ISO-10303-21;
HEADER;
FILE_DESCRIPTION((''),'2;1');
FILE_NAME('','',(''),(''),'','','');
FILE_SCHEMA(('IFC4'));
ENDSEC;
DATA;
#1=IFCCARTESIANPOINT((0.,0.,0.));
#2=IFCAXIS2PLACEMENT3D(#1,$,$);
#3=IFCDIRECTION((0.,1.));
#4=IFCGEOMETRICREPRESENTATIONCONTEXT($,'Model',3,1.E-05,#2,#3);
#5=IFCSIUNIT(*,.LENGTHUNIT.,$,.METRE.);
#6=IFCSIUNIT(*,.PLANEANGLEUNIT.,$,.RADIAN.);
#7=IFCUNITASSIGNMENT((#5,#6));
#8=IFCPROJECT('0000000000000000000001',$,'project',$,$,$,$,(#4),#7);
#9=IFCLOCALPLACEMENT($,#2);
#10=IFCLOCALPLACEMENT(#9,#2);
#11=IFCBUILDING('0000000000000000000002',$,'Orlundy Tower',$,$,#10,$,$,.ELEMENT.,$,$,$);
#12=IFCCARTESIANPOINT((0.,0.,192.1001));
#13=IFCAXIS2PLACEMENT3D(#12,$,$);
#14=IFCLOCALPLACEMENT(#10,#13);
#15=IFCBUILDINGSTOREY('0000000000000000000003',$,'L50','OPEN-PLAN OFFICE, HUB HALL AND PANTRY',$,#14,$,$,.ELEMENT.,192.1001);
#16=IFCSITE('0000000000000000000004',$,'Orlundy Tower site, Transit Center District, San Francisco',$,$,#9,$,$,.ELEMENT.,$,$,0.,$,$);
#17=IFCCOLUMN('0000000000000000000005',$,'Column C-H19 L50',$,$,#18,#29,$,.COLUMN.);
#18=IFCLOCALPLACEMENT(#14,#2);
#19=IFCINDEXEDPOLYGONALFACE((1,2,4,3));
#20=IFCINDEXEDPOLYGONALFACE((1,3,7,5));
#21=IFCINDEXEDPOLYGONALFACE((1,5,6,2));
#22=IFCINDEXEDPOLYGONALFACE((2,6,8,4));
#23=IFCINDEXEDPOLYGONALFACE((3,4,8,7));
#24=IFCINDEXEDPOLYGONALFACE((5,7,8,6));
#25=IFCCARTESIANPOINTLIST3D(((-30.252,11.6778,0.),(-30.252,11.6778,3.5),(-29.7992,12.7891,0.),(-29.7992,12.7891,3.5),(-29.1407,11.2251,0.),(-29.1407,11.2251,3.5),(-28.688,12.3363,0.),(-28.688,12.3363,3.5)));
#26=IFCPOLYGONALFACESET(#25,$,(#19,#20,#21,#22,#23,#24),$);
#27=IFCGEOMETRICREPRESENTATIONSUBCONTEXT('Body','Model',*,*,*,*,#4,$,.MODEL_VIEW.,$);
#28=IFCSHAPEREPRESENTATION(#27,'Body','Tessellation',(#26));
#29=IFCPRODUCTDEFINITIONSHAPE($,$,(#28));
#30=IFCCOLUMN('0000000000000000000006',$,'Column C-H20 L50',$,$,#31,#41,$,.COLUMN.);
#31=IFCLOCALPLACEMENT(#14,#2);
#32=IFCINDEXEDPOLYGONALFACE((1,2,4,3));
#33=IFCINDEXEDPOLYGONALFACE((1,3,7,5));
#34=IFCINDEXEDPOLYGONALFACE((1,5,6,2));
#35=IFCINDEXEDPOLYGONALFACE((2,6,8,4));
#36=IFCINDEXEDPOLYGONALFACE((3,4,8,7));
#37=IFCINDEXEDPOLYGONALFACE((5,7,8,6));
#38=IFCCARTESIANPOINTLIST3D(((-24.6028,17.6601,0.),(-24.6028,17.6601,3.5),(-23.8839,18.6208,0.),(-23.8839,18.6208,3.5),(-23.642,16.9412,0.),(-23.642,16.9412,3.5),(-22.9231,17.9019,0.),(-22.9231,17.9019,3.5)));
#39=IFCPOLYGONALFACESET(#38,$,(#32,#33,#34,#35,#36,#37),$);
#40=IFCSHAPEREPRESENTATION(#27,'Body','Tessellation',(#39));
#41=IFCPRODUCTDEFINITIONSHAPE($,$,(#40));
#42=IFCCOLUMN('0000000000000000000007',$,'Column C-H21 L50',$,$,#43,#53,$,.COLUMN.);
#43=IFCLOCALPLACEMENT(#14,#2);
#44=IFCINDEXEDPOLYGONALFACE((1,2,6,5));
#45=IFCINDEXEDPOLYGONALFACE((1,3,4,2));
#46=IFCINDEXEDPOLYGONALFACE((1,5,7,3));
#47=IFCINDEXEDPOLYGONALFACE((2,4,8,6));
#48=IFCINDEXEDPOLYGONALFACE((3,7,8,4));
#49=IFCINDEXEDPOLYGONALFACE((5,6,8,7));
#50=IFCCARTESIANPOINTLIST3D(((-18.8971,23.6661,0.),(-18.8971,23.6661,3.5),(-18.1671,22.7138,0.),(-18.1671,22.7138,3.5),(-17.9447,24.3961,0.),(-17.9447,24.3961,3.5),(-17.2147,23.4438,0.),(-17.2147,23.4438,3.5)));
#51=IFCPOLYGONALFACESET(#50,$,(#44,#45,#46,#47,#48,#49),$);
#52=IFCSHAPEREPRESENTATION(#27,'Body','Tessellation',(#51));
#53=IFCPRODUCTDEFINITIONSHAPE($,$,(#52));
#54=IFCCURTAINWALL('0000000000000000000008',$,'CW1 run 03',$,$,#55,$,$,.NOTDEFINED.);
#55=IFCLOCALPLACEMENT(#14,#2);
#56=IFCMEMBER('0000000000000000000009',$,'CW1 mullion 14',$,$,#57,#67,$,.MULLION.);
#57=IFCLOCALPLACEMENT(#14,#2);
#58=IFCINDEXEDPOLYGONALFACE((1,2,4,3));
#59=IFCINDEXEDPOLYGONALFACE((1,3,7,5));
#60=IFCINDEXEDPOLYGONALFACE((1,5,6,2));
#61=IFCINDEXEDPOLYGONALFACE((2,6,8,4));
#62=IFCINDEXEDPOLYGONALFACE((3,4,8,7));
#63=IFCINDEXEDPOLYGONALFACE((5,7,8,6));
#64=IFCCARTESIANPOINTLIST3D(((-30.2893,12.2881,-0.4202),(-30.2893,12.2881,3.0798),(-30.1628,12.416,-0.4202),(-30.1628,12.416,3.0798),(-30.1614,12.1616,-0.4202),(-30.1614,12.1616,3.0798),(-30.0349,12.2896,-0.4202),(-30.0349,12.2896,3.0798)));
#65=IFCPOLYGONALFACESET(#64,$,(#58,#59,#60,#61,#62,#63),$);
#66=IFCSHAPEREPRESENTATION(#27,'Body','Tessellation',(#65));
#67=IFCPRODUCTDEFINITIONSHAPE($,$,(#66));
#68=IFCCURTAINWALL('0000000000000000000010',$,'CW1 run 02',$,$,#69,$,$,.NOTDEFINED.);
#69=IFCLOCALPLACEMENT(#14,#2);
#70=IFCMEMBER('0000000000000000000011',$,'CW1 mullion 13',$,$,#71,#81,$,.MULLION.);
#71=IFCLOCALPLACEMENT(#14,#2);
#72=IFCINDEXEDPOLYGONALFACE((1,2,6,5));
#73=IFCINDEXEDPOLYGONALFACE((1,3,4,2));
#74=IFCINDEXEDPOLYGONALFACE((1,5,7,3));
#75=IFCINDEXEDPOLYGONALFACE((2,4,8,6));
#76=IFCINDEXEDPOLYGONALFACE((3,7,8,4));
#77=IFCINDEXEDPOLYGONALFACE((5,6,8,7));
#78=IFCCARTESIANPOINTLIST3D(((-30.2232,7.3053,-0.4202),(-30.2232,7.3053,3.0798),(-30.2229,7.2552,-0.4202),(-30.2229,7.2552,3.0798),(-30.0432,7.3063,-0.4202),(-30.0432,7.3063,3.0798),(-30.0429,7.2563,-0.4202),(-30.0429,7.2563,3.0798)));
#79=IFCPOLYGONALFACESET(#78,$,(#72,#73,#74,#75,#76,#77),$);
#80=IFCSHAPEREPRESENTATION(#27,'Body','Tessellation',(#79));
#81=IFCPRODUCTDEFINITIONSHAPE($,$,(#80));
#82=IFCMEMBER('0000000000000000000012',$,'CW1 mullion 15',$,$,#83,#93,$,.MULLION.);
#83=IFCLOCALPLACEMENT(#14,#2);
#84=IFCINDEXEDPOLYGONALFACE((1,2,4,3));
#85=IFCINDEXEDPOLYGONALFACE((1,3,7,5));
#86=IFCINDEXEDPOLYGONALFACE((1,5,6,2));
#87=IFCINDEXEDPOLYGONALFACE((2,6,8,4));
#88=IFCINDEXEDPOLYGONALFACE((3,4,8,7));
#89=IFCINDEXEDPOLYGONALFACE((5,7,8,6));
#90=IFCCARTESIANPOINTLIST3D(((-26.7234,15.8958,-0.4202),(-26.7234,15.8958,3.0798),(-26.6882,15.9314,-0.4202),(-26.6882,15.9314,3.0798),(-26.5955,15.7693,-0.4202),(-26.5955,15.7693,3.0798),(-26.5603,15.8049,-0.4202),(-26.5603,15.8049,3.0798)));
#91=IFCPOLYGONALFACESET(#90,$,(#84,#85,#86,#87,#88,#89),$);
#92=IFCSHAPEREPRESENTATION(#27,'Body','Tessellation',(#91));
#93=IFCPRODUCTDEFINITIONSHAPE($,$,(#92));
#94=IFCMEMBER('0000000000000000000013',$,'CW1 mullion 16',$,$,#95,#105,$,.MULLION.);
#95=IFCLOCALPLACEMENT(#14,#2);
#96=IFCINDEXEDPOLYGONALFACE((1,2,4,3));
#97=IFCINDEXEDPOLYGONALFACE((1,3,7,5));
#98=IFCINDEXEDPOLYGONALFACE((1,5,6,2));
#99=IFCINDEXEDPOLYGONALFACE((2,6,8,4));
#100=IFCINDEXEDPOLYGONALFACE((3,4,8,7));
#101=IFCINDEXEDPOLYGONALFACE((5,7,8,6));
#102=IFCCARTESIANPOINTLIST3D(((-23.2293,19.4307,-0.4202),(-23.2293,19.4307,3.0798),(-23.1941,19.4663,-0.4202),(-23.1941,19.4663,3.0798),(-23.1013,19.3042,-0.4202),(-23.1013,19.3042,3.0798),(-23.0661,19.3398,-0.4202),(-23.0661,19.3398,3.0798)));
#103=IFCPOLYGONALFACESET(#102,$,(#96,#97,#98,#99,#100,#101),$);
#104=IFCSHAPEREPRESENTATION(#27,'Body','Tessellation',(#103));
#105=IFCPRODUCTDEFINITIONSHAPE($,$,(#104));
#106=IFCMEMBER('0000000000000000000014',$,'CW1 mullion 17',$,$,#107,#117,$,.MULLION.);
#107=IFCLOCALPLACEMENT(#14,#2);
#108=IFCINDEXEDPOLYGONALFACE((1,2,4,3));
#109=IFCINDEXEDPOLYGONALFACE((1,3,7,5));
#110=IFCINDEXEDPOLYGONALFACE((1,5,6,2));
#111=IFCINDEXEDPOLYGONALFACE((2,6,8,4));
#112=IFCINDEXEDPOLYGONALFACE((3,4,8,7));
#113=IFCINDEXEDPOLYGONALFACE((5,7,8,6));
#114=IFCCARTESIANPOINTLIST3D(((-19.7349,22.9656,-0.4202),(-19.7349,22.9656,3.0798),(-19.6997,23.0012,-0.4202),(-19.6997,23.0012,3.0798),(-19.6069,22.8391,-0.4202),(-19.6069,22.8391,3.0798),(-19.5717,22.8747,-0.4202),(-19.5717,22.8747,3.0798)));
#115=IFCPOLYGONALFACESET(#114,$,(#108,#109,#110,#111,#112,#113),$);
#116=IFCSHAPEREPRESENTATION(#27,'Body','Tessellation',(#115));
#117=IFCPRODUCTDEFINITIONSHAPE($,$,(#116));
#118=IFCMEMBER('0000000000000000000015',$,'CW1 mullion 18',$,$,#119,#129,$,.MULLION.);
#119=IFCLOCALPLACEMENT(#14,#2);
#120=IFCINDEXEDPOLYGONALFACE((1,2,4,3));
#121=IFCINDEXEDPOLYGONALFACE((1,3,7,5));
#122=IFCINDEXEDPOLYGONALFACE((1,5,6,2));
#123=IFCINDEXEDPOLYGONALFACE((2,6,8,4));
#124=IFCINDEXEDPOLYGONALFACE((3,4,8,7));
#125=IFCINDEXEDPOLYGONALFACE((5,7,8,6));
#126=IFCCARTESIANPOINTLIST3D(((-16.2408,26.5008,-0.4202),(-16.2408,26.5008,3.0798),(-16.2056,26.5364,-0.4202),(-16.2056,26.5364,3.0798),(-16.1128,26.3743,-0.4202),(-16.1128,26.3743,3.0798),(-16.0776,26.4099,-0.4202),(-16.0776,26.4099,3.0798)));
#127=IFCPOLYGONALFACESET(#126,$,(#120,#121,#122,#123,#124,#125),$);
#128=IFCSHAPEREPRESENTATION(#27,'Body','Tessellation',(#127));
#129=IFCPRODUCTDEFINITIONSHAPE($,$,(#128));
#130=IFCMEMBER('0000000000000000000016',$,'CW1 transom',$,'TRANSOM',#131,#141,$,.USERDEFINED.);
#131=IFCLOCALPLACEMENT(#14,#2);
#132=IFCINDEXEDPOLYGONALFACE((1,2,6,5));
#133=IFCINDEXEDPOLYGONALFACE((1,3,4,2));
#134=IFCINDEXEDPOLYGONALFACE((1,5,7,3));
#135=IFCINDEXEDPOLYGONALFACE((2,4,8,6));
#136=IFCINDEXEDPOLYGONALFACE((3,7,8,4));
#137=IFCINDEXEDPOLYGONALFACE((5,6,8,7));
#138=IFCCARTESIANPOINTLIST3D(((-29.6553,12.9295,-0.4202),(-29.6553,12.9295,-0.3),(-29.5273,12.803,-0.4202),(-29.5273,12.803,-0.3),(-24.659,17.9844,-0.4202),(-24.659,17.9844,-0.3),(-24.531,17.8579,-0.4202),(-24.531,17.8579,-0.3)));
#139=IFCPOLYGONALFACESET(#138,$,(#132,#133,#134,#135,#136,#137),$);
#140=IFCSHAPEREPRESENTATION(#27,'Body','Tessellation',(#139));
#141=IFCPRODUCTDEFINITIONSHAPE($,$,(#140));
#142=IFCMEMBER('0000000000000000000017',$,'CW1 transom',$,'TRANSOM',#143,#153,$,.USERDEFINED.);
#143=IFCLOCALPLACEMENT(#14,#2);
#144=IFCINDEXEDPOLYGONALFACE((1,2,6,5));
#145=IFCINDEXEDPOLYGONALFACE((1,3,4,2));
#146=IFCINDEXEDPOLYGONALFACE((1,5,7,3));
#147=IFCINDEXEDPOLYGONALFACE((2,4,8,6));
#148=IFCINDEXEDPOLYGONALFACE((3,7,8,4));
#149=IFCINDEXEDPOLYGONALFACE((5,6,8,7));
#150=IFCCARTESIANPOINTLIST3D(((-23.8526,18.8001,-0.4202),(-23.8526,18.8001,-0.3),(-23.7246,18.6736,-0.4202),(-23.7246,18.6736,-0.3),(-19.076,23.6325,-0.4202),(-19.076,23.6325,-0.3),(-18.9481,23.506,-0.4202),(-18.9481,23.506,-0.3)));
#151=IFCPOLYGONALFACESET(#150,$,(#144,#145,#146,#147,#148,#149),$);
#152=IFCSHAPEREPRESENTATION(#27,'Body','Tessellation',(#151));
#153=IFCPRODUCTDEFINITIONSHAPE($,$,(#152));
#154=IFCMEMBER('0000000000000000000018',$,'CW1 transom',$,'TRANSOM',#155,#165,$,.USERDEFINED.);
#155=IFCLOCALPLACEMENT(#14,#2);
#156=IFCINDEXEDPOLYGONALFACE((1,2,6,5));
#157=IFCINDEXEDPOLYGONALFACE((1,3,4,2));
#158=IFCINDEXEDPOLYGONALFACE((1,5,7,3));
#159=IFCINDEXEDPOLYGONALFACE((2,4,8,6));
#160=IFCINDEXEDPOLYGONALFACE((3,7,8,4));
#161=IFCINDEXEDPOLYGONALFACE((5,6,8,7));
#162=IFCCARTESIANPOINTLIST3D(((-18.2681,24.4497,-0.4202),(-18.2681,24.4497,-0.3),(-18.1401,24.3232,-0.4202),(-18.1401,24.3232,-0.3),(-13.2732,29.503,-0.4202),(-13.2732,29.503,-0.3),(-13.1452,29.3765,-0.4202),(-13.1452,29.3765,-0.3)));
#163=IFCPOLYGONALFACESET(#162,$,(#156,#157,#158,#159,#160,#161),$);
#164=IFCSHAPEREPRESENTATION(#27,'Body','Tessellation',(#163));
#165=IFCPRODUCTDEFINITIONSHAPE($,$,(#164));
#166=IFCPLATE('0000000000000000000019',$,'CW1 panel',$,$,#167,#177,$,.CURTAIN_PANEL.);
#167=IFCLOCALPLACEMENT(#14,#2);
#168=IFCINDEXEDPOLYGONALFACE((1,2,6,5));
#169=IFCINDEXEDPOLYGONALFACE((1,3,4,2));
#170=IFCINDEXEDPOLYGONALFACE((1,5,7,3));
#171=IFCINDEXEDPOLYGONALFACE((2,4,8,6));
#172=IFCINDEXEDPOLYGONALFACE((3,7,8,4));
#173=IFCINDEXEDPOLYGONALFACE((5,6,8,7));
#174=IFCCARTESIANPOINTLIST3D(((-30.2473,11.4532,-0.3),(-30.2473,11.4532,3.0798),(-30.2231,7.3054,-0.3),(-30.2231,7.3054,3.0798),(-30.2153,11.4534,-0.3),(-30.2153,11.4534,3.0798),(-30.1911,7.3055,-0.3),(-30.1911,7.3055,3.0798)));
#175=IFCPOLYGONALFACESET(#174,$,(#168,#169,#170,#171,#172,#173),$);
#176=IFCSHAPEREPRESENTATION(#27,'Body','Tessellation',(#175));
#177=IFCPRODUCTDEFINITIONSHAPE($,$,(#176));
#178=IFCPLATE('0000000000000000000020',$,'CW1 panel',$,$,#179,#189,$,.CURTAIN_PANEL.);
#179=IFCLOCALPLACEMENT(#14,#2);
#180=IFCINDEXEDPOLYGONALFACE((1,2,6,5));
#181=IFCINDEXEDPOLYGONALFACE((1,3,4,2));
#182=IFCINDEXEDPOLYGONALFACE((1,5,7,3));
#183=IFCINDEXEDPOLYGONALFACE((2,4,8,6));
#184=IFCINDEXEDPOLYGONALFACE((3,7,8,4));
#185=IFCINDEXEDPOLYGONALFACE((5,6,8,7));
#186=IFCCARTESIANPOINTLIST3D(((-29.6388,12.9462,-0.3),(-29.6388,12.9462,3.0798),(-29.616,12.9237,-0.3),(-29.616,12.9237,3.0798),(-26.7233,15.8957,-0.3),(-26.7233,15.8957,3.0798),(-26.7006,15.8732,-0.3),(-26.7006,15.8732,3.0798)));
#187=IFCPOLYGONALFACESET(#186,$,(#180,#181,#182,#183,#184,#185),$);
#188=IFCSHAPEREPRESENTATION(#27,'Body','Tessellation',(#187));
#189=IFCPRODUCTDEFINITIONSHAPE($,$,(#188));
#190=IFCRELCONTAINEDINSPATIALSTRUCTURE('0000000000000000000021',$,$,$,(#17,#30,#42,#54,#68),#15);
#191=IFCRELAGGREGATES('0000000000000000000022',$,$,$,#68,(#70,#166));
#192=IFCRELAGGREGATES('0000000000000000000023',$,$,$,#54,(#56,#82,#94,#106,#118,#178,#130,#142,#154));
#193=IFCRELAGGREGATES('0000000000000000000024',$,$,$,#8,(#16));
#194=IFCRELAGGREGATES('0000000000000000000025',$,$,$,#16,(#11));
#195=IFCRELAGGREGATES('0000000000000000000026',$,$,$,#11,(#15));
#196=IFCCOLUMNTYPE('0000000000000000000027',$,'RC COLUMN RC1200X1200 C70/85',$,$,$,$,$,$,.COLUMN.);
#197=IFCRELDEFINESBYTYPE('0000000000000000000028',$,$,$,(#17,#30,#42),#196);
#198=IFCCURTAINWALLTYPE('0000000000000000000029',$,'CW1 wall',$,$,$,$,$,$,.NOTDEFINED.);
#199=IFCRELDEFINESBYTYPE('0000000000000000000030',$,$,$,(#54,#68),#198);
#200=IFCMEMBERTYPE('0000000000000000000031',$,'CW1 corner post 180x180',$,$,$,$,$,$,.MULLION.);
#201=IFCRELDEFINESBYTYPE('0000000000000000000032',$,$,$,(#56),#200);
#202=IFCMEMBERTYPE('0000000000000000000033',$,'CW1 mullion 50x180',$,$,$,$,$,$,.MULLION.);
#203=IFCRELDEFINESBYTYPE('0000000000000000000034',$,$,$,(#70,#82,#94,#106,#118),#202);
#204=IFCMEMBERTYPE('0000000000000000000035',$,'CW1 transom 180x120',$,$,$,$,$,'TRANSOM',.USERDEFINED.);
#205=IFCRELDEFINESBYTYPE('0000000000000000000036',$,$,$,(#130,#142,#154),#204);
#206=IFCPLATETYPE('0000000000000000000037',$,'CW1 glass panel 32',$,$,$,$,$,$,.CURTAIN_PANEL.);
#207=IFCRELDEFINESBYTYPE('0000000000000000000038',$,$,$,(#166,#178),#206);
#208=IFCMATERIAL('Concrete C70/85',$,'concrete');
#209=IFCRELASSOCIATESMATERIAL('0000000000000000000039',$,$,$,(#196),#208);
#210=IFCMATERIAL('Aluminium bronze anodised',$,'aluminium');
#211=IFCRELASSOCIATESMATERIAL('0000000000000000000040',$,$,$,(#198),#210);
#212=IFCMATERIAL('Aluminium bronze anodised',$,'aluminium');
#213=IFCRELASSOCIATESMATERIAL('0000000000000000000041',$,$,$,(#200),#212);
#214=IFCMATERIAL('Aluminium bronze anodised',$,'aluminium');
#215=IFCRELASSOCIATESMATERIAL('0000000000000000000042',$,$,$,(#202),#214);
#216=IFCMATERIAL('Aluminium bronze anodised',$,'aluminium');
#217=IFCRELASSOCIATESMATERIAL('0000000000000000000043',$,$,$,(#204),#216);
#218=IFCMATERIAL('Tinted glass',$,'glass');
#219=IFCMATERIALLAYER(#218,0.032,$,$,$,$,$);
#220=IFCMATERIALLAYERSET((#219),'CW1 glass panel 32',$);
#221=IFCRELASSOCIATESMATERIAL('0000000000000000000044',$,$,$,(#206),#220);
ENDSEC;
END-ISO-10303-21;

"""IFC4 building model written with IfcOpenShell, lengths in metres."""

from ifc_helpers import new_model, si_unit, direction, frame, origin, origin_2d, place, context, subcontext, project, spatial, rectangle, extrude, material, layer, layer_set, material_profile, profile_set, type_object, element, aggregate, save


model = new_model("IFC4")

# Units and contexts
model_context = context("Model", 3, precision=1e-05, world=origin(), true_north=direction((0.0, 1.0)))
body_context = subcontext(model_context, "Body", "Model", "MODEL_VIEW")
ifc_project = project(units=[si_unit("LENGTHUNIT", "METRE"), si_unit("PLANEANGLEUNIT", "RADIAN")], contexts=[model_context])

# Site, building, storey
site_placement = place(None, origin())
site = spatial("IfcSite", under=ifc_project, at=site_placement, Name="Orlundy Tower site, Transit Center District, San Francisco", CompositionType="ELEMENT", RefElevation=0.0)
building_placement = place(site_placement, origin())
building = spatial("IfcBuilding", under=site, at=building_placement, Name="Orlundy Tower", CompositionType="ELEMENT")
storey_placement = place(building_placement, frame((0.0, 0.0, 192.1001)))
storey = spatial("IfcBuildingStorey", under=building, at=storey_placement, Name="L50", Description="OPEN-PLAN OFFICE, HUB HALL AND PANTRY", CompositionType="ELEMENT", Elevation=192.1001)

# Columns
ifc_material_1 = material(Name="Concrete C70/85", Category="concrete")
ifc_material_profile_1 = material_profile(ifc_material_1, rectangle(XDim=1.2, YDim=1.2, at=origin_2d()), Name="RC1200X1200")
ifc_profile_set_1 = profile_set([ifc_material_profile_1], Name="Concrete C70/85")
column_type = type_object("IfcColumnType", Name="RC COLUMN RC1200X1200 C70/85", PredefinedType="COLUMN", material=ifc_profile_set_1)
for number, where, z_axis, x_axis, name in (
    (1, (-29.47, 12.0071, 0.0), (0.0, 0.0, 1.0), (-0.926081, 0.377324, 0.0), "Column C-H19 L50"),
    (2, (-23.7629, 17.781, 0.0), (0.0, 0.0, 1.0), (-0.800669, 0.599107, 0.0), "Column C-H20 L50"),
    (3, (-18.0559, 23.5549, 0.0), (0.0, 0.0, 1.0), (-0.608374, 0.793651, 0.0), "Column C-H21 L50"),
):
    element("IfcColumn", number, at=place(storey_placement, frame(where, z_axis=z_axis, x_axis=x_axis)), inside=storey, type_object=column_type, Name=name, PredefinedType="COLUMN", context=body_context, shape_type="SweptSolid", body=[
        extrude(rectangle(XDim=1.2, YDim=1.2, at=origin_2d()), origin(), (0.0, 0.0, 1.0), 3.5),
    ])

# Curtain walls, members
ifc_material_2 = material(Name="Aluminium bronze anodised", Category="aluminium")
curtain_wall_type = type_object("IfcCurtainWallType", Name="CW1 wall", PredefinedType="NOTDEFINED", material=ifc_material_2)
curtain_wall_1_placement = place(storey_placement, origin())
curtain_wall_1 = element("IfcCurtainWall", 4, at=curtain_wall_1_placement, inside=storey, type_object=curtain_wall_type, Name="CW1 run 03", PredefinedType="NOTDEFINED")
ifc_material_3 = material(Name="Aluminium bronze anodised", Category="aluminium")
ifc_material_profile_2 = material_profile(ifc_material_3, rectangle(XDim=0.1799, YDim=0.1799, at=origin_2d()), Name="CW1 corner post 180x180")
ifc_profile_set_2 = profile_set([ifc_material_profile_2], Name="Aluminium bronze anodised")
member_type_1 = type_object("IfcMemberType", Name="CW1 corner post 180x180", PredefinedType="MULLION", material=ifc_profile_set_2)
member_1_placement = place(storey_placement, frame((-30.1621, 12.2888, -0.4202), z_axis=(0.0, 0.0, 1.0), x_axis=(-0.711199, 0.702991, 0.0)))
member_1 = element("IfcMember", 5, at=member_1_placement, type_object=member_type_1, Name="CW1 mullion 14", PredefinedType="MULLION", context=body_context, shape_type="SweptSolid", body=[
    extrude(rectangle(XDim=0.1799, YDim=0.1799, at=origin_2d()), origin(), (0.0, 0.0, 1.0), 3.5),
])
curtain_wall_2_placement = place(storey_placement, origin())
curtain_wall_2 = element("IfcCurtainWall", 6, at=curtain_wall_2_placement, inside=storey, type_object=curtain_wall_type, Name="CW1 run 02", PredefinedType="NOTDEFINED")
ifc_material_4 = material(Name="Aluminium bronze anodised", Category="aluminium")
ifc_material_profile_3 = material_profile(ifc_material_4, rectangle(XDim=0.1799, YDim=0.05, at=origin_2d()), Name="CW1 mullion 50x180")
ifc_profile_set_3 = profile_set([ifc_material_profile_3], Name="Aluminium bronze anodised")
member_type_2 = type_object("IfcMemberType", Name="CW1 mullion 50x180", PredefinedType="MULLION", material=ifc_profile_set_3)
member_2_placement = place(storey_placement, frame((-30.1331, 7.2808, -0.4202), z_axis=(0.0, 0.0, 1.0), x_axis=(-0.999983, -0.005834, 0.0)))
member_2 = element("IfcMember", 7, at=member_2_placement, type_object=member_type_2, Name="CW1 mullion 13", PredefinedType="MULLION", context=body_context, shape_type="SweptSolid", body=[
    extrude(rectangle(XDim=0.1799, YDim=0.05, at=origin_2d()), origin(), (0.0, 0.0, 1.0), 3.5),
])

# Members
member_3_placement = place(storey_placement, frame((-26.6418, 15.8503, -0.4202), z_axis=(0.0, 0.0, 1.0), x_axis=(-0.711199, 0.702991, 0.0)))
member_3 = element("IfcMember", 8, at=member_3_placement, type_object=member_type_2, Name="CW1 mullion 15", PredefinedType="MULLION", context=body_context, shape_type="SweptSolid", body=[
    extrude(rectangle(XDim=0.1799, YDim=0.05, at=origin_2d()), origin(), (0.0, 0.0, 1.0), 3.5),
])
member_4_placement = place(storey_placement, frame((-23.1477, 19.3853, -0.4202), z_axis=(0.0, 0.0, 1.0), x_axis=(-0.711199, 0.702991, 0.0)))
member_4 = element("IfcMember", 9, at=member_4_placement, type_object=member_type_2, Name="CW1 mullion 16", PredefinedType="MULLION", context=body_context, shape_type="SweptSolid", body=[
    extrude(rectangle(XDim=0.1799, YDim=0.05, at=origin_2d()), origin(), (0.0, 0.0, 1.0), 3.5),
])
member_5_placement = place(storey_placement, frame((-19.6533, 22.9202, -0.4202), z_axis=(0.0, 0.0, 1.0), x_axis=(-0.711199, 0.702991, 0.0)))
member_5 = element("IfcMember", 10, at=member_5_placement, type_object=member_type_2, Name="CW1 mullion 17", PredefinedType="MULLION", context=body_context, shape_type="SweptSolid", body=[
    extrude(rectangle(XDim=0.1799, YDim=0.05, at=origin_2d()), origin(), (0.0, 0.0, 1.0), 3.5),
])
member_6_placement = place(storey_placement, frame((-16.1592, 26.4553, -0.4202), z_axis=(0.0, 0.0, 1.0), x_axis=(-0.711199, 0.702991, 0.0)))
member_6 = element("IfcMember", 11, at=member_6_placement, type_object=member_type_2, Name="CW1 mullion 18", PredefinedType="MULLION", context=body_context, shape_type="SweptSolid", body=[
    extrude(rectangle(XDim=0.1799, YDim=0.05, at=origin_2d()), origin(), (0.0, 0.0, 1.0), 3.5),
])
ifc_material_5 = material(Name="Aluminium bronze anodised", Category="aluminium")
ifc_material_profile_4 = material_profile(ifc_material_5, rectangle(XDim=0.1799, YDim=0.1201, at=origin_2d()), Name="CW1 transom 180x120")
ifc_profile_set_4 = profile_set([ifc_material_profile_4], Name="Aluminium bronze anodised")
member_type_3 = type_object("IfcMemberType", Name="CW1 transom 180x120", ElementType="TRANSOM", PredefinedType="USERDEFINED", material=ifc_profile_set_4)
member_7_placement = place(storey_placement, frame((-29.5913, 12.8662, -0.3601), z_axis=(0.702973, 0.711217, 0.0), x_axis=(-0.711217, 0.702973, 0.0)))
member_7 = element("IfcMember", 12, at=member_7_placement, type_object=member_type_3, Name="CW1 transom", ObjectType="TRANSOM", PredefinedType="USERDEFINED", context=body_context, shape_type="SweptSolid", body=[
    extrude(rectangle(XDim=0.1799, YDim=0.1201, at=origin_2d()), origin(), (0.0, 0.0, 1.0), 7.1074),
])
member_8_placement = place(storey_placement, frame((-23.7886, 18.7368, -0.3601), z_axis=(0.702981, 0.711209, 0.0), x_axis=(-0.711209, 0.702981, 0.0)))
member_8 = element("IfcMember", 13, at=member_8_placement, type_object=member_type_3, Name="CW1 transom", ObjectType="TRANSOM", PredefinedType="USERDEFINED", context=body_context, shape_type="SweptSolid", body=[
    extrude(rectangle(XDim=0.1799, YDim=0.1201, at=origin_2d()), origin(), (0.0, 0.0, 1.0), 6.7947),
])
member_9_placement = place(storey_placement, frame((-18.2041, 24.3865, -0.3601), z_axis=(0.702989, 0.711201, 0.0), x_axis=(-0.711201, 0.702989, 0.0)))
member_9 = element("IfcMember", 14, at=member_9_placement, type_object=member_type_3, Name="CW1 transom", ObjectType="TRANSOM", PredefinedType="USERDEFINED", context=body_context, shape_type="SweptSolid", body=[
    extrude(rectangle(XDim=0.1799, YDim=0.1201, at=origin_2d()), origin(), (0.0, 0.0, 1.0), 7.1052),
])

# Plates
ifc_material_6 = material(Name="Tinted glass", Category="glass")
ifc_layer_1 = layer(ifc_material_6, 0.032)
ifc_layer_set_1 = layer_set([ifc_layer_1], Name="CW1 glass panel 32")
plate_type = type_object("IfcPlateType", Name="CW1 glass panel 32", PredefinedType="CURTAIN_PANEL", material=ifc_layer_set_1)
plate_1_placement = place(storey_placement, frame((-30.2192, 9.3794, -0.3), z_axis=(0.0, 0.0, 1.0), x_axis=(-0.005834, 0.999983, 0.0)))
plate_1 = element("IfcPlate", 15, at=plate_1_placement, type_object=plate_type, Name="CW1 panel", PredefinedType="CURTAIN_PANEL", context=body_context, shape_type="SweptSolid", body=[
    extrude(rectangle(XDim=4.1479, YDim=0.032, at=origin_2d()), origin(), (0.0, 0.0, 1.0), 3.3799),
])
aggregate(curtain_wall_2, [member_2, plate_1])
plate_2_placement = place(storey_placement, frame((-28.1697, 14.4097, -0.3), z_axis=(0.0, 0.0, 1.0), x_axis=(0.702991, 0.711199, 0.0)))
plate_2 = element("IfcPlate", 16, at=plate_2_placement, type_object=plate_type, Name="CW1 panel", PredefinedType="CURTAIN_PANEL", context=body_context, shape_type="SweptSolid", body=[
    extrude(rectangle(XDim=4.1472, YDim=0.032, at=origin_2d()), origin(), (0.0, 0.0, 1.0), 3.3799),
])
aggregate(curtain_wall_1, [member_1, member_3, member_4, member_5, member_6, plate_2, member_7, member_8, member_9])

save(model, "model.ifc")
